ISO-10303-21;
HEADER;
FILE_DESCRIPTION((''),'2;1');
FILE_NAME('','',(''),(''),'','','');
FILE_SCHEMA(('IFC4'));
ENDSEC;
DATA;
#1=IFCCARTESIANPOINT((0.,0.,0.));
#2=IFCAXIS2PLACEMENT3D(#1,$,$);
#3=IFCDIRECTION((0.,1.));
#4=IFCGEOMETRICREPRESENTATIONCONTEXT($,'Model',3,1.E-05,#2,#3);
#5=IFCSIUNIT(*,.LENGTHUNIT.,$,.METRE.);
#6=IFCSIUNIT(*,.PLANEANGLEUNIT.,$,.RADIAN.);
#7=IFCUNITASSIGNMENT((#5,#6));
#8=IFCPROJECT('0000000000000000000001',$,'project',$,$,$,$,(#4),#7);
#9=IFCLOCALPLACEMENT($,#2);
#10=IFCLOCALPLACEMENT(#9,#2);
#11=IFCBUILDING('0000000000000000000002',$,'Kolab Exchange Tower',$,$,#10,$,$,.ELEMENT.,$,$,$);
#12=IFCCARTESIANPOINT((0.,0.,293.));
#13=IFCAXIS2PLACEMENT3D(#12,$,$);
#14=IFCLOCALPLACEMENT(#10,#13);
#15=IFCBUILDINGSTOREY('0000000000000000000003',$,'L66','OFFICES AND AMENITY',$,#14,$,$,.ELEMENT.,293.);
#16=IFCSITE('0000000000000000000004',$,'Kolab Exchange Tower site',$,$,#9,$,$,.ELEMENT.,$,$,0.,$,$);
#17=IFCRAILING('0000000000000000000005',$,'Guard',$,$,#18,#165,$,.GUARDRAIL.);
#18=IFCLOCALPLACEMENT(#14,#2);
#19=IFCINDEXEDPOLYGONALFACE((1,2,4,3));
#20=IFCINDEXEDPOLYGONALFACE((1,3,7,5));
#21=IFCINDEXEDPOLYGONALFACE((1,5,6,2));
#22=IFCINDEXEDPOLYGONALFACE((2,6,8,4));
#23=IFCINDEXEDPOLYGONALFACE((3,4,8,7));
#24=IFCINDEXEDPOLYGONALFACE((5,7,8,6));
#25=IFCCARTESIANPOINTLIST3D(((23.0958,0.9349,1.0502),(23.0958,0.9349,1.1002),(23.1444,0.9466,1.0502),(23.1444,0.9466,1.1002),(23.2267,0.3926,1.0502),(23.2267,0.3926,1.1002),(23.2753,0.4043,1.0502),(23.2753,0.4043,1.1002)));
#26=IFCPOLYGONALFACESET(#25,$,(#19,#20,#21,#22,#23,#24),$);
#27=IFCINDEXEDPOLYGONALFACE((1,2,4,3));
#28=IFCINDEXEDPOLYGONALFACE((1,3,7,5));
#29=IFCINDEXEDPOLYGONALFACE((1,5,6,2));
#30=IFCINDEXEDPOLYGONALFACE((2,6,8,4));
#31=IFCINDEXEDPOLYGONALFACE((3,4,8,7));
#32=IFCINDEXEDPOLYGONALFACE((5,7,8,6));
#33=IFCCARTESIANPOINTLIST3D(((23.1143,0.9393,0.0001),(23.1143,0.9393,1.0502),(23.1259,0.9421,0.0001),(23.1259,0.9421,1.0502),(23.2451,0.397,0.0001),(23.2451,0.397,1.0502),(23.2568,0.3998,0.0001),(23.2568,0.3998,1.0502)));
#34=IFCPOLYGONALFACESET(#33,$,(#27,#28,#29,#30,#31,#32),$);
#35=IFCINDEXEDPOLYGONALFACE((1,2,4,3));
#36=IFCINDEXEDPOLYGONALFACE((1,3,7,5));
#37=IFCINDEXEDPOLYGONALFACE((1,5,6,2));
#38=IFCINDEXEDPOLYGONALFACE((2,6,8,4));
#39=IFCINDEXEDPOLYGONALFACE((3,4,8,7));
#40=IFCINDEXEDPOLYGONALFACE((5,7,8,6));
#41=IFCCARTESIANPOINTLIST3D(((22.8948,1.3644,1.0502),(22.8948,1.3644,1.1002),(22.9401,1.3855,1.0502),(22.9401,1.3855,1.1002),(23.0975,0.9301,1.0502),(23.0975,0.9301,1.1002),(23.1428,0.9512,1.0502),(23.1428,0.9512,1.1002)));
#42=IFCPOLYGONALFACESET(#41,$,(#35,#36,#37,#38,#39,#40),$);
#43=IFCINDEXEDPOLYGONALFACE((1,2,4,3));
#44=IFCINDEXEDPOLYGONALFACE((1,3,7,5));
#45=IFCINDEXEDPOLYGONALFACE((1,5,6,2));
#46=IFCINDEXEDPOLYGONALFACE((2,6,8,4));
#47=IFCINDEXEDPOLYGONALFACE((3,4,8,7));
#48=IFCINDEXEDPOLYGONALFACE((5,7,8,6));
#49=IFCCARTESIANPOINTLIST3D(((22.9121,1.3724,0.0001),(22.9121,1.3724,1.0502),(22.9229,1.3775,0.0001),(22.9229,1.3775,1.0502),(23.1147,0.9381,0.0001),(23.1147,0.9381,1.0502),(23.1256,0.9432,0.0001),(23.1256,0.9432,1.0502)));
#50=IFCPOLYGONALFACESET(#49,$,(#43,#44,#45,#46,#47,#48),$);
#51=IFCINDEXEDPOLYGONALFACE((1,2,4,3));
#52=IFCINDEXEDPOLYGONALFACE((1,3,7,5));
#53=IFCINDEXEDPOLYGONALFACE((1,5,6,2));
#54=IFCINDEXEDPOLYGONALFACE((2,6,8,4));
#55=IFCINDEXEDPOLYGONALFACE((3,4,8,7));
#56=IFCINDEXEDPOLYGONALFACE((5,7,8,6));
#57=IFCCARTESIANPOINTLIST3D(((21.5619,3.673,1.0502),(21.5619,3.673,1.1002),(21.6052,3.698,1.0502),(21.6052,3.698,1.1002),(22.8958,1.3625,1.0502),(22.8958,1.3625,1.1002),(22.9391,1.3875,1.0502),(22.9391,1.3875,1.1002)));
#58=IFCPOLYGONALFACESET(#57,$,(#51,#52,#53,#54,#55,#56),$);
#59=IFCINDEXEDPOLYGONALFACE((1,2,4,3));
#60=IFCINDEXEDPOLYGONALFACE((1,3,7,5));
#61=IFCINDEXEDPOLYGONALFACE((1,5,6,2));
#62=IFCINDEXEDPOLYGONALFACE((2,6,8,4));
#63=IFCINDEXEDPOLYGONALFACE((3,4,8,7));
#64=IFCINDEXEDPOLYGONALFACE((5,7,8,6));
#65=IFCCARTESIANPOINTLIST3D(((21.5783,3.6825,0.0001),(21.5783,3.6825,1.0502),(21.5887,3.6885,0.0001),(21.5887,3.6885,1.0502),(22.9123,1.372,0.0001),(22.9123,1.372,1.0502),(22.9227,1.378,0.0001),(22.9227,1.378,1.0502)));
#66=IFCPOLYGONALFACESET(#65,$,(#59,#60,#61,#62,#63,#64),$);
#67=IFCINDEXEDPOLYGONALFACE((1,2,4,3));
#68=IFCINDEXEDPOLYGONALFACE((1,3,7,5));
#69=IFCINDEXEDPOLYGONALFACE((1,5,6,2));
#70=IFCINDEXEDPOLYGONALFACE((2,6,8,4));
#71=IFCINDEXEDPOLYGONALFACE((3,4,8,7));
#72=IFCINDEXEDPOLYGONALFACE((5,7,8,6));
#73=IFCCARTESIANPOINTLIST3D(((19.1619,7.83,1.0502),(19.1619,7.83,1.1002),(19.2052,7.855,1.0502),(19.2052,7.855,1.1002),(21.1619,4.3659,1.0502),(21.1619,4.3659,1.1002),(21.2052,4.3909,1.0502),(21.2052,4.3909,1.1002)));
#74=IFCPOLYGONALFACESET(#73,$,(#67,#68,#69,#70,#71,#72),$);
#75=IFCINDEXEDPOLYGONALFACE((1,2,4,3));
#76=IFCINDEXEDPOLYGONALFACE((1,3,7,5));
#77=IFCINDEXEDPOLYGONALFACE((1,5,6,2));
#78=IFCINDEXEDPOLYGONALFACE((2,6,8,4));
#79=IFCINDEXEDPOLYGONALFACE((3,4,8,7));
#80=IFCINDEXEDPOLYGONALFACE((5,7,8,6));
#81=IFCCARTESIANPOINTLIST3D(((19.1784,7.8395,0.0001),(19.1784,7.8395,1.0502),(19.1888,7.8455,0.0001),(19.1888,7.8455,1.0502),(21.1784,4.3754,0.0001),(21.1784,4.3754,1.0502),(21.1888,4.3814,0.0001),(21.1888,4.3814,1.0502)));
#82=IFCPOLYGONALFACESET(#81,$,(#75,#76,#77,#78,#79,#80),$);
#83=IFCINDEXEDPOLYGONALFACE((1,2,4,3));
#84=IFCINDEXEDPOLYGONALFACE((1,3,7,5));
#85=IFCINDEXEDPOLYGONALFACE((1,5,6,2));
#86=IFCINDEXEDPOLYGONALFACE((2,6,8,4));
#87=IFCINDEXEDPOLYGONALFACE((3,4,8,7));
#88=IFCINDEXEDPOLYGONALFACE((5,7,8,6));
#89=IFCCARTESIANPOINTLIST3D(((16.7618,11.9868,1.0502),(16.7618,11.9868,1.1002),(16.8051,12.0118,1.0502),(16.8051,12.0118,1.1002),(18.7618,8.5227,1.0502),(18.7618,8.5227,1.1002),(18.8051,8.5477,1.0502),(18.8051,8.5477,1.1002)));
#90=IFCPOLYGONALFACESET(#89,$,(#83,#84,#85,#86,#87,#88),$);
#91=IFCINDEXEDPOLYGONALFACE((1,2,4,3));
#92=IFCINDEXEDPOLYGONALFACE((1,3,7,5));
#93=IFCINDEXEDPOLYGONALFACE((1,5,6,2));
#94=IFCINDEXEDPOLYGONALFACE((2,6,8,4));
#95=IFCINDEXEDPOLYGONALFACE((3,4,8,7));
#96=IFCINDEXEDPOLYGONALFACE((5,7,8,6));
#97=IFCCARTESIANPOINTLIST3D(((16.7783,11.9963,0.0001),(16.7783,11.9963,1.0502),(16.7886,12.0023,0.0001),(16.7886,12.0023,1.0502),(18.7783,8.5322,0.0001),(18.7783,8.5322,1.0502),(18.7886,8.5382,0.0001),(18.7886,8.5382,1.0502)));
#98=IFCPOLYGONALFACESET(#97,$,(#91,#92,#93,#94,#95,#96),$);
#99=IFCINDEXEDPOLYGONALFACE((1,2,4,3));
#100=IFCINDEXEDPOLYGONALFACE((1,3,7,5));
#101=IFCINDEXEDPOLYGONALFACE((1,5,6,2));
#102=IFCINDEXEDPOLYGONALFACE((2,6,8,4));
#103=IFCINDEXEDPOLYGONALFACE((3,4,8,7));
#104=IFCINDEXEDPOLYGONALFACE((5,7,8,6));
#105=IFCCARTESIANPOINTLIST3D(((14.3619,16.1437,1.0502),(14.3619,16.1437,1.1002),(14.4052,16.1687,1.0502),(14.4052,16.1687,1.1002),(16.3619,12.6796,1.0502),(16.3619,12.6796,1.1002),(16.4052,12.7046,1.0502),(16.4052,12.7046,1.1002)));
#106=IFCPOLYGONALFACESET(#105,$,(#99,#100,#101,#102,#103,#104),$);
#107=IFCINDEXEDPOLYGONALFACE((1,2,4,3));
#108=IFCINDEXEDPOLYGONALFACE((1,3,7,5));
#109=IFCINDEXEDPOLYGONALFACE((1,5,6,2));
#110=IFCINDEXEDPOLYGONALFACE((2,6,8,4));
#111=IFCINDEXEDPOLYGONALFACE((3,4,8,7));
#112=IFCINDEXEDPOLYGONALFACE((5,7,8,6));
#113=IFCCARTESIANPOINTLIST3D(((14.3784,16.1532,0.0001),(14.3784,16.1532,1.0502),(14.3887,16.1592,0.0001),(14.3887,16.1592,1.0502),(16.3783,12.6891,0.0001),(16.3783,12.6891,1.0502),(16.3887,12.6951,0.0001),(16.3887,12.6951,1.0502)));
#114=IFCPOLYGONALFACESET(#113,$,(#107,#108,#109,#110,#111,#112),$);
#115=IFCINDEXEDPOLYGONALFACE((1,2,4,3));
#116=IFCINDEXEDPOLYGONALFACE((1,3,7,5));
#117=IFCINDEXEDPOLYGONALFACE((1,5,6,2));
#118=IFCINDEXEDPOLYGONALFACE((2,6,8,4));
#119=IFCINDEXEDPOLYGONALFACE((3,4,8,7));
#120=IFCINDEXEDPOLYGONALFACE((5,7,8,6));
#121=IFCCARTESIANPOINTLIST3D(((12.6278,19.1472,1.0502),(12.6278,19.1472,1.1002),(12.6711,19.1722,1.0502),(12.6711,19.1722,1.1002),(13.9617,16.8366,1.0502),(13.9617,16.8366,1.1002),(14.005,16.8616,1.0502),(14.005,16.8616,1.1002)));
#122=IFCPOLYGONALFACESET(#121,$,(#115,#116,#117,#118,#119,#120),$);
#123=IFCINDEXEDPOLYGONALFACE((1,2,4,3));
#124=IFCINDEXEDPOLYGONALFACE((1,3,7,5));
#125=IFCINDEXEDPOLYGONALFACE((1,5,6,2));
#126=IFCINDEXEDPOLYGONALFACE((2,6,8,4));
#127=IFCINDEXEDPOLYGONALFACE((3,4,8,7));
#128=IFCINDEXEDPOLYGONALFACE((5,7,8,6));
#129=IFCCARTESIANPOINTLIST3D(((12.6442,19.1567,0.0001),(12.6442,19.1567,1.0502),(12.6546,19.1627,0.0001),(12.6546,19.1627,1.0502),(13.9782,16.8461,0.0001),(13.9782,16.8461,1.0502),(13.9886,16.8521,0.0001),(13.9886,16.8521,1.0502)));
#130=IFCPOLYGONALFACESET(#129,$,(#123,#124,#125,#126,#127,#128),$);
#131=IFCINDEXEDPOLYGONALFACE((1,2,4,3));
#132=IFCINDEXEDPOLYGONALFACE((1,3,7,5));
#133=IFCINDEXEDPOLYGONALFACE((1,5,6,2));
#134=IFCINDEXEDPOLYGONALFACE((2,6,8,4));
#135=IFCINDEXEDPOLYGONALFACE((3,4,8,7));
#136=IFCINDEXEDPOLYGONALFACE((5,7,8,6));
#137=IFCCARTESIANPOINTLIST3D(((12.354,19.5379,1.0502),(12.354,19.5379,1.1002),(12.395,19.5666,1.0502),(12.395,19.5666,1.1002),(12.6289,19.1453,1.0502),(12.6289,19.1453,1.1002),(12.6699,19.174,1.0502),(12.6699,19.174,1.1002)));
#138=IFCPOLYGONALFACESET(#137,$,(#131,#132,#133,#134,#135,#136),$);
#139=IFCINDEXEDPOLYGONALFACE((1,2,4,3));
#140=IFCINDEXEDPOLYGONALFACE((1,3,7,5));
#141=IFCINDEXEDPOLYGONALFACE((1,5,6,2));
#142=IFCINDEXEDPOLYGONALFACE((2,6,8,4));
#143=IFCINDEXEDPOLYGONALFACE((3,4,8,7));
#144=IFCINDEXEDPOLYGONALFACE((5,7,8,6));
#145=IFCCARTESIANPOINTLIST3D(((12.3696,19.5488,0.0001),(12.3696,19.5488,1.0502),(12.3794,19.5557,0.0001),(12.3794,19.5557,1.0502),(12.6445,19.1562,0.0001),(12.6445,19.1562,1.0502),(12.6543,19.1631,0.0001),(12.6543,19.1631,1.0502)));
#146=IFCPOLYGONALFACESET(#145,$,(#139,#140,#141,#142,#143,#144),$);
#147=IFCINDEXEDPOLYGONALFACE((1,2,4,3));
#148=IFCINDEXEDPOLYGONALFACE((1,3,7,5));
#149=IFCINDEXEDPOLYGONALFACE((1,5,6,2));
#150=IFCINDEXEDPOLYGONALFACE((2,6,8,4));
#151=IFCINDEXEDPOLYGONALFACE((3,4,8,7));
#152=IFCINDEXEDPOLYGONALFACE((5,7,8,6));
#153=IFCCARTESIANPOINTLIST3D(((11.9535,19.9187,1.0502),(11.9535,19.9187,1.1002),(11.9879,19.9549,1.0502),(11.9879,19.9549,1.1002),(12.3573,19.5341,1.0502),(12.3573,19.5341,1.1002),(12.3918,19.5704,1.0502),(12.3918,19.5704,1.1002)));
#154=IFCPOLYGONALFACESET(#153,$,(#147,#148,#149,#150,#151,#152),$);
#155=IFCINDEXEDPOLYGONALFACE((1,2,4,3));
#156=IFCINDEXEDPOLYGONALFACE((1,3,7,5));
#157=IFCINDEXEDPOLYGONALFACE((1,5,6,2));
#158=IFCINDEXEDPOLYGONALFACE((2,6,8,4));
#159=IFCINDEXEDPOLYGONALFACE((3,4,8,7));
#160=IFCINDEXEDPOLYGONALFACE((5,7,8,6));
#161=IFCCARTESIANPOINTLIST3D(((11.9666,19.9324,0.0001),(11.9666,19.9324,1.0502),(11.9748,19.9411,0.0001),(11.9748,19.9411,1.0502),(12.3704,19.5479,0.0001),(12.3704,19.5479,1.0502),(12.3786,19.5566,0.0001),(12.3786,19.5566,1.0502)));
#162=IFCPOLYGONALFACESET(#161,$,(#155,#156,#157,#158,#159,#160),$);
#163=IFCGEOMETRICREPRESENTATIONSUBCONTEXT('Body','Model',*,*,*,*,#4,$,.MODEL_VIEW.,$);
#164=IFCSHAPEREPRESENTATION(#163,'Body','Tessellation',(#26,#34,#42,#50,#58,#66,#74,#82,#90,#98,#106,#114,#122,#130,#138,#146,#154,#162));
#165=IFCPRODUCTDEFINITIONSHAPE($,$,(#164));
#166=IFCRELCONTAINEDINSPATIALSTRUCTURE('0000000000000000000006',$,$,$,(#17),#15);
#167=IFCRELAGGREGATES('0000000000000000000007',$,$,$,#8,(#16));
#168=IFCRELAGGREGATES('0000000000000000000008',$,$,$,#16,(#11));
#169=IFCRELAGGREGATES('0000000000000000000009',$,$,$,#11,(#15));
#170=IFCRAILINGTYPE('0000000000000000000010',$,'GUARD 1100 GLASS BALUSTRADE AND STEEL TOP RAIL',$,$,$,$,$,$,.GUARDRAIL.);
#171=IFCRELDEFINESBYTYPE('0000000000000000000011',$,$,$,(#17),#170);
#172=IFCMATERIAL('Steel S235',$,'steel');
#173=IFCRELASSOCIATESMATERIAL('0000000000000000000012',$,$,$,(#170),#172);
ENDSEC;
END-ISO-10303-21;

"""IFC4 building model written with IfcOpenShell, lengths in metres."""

from ifc_helpers import new_model, si_unit, direction, frame, frame_2d, origin, origin_2d, place, context, subcontext, project, spatial, rectangle, extrude, material, type_object, element, save


model = new_model("IFC4")

# Units and contexts
model_context = context("Model", 3, precision=1e-05, world=origin(), true_north=direction((0.0, 1.0)))
body_context = subcontext(model_context, "Body", "Model", "MODEL_VIEW")
ifc_project = project(units=[si_unit("LENGTHUNIT", "METRE"), si_unit("PLANEANGLEUNIT", "RADIAN")], contexts=[model_context])

# Site, building, storey
site_placement = place(None, origin())
site = spatial("IfcSite", under=ifc_project, at=site_placement, Name="Kolab Exchange Tower site", CompositionType="ELEMENT", RefElevation=0.0)
building_placement = place(site_placement, origin())
building = spatial("IfcBuilding", under=site, at=building_placement, Name="Kolab Exchange Tower", CompositionType="ELEMENT")
storey_placement = place(building_placement, frame((0.0, 0.0, 293.0)))
storey = spatial("IfcBuildingStorey", under=building, at=storey_placement, Name="L66", Description="OFFICES AND AMENITY", CompositionType="ELEMENT", Elevation=293.0)

# Railing
ifc_material_1 = material(Name="Steel S235", Category="steel")
railing_type = type_object("IfcRailingType", Name="GUARD 1100 GLASS BALUSTRADE AND STEEL TOP RAIL", PredefinedType="GUARDRAIL", material=ifc_material_1)
railing_placement = place(storey_placement, frame((23.251, 0.3984, 0.0)))
element("IfcRailing", 1, at=railing_placement, inside=storey, type_object=railing_type, Name="Guard", PredefinedType="GUARDRAIL", context=body_context, shape_type="SweptSolid", body=[
    extrude(rectangle(XDim=0.05, YDim=0.05, at=origin_2d()), frame((0.0, 0.0, 1.0752), z_axis=(-0.234598, 0.972093, 0.0), x_axis=(-0.972093, -0.234598, 0.0)), (0.0, 0.0, 1.0), 0.5579),
    extrude(rectangle(XDim=0.012, YDim=1.0501, at=frame_2d((0.0, 0.5251))), frame((0.0, 0.0, 0.0), z_axis=(-0.234598, 0.972093, 0.0), x_axis=(-0.972093, -0.234598, 0.0)), (0.0, 0.0, 1.0), 0.5579),
    extrude(rectangle(XDim=0.05, YDim=0.05, at=origin_2d()), frame((-0.1309, 0.5422, 1.0752), z_axis=(-0.422802, 0.906222, 0.0), x_axis=(-0.906222, -0.422802, 0.0)), (0.0, 0.0, 1.0), 0.4792),
    extrude(rectangle(XDim=0.012, YDim=1.0501, at=frame_2d((0.0, 0.5251))), frame((-0.1309, 0.5422, 0.0), z_axis=(-0.422802, 0.906222, 0.0), x_axis=(-0.906222, -0.422802, 0.0)), (0.0, 0.0, 1.0), 0.4792),
    extrude(rectangle(XDim=0.05, YDim=0.05, at=origin_2d()), frame((-0.3335, 0.9766, 1.0752), z_axis=(-0.499997, 0.866027, 0.0), x_axis=(-0.866027, -0.499997, 0.0)), (0.0, 0.0, 1.0), 2.668),
    extrude(rectangle(XDim=0.012, YDim=1.0501, at=frame_2d((0.0, 0.5251))), frame((-0.3335, 0.9766, 0.0), z_axis=(-0.499997, 0.866027, 0.0), x_axis=(-0.866027, -0.499997, 0.0)), (0.0, 0.0, 1.0), 2.668),
    extrude(rectangle(XDim=0.05, YDim=0.05, at=origin_2d()), frame((-2.0674, 3.98, 1.0752), z_axis=(-0.499999, 0.866026, 0.0), x_axis=(-0.866026, -0.499999, 0.0)), (0.0, 0.0, 1.0), 4.0),
    extrude(rectangle(XDim=0.012, YDim=1.0501, at=frame_2d((0.0, 0.5251))), frame((-2.0674, 3.98, 0.0), z_axis=(-0.499999, 0.866026, 0.0), x_axis=(-0.866026, -0.499999, 0.0)), (0.0, 0.0, 1.0), 4.0),
    extrude(rectangle(XDim=0.05, YDim=0.05, at=origin_2d()), frame((-4.4675, 8.1367, 1.0752), z_axis=(-0.499999, 0.866026, 0.0), x_axis=(-0.866026, -0.499999, 0.0)), (0.0, 0.0, 1.0), 4.0),
    extrude(rectangle(XDim=0.012, YDim=1.0501, at=frame_2d((0.0, 0.5251))), frame((-4.4675, 8.1367, 0.0), z_axis=(-0.499999, 0.866026, 0.0), x_axis=(-0.866026, -0.499999, 0.0)), (0.0, 0.0, 1.0), 4.0),
    extrude(rectangle(XDim=0.05, YDim=0.05, at=origin_2d()), frame((-6.8674, 12.2937, 1.0752), z_axis=(-0.499999, 0.866026, 0.0), x_axis=(-0.866026, -0.499999, 0.0)), (0.0, 0.0, 1.0), 4.0),
    extrude(rectangle(XDim=0.012, YDim=1.0501, at=frame_2d((0.0, 0.5251))), frame((-6.8674, 12.2937, 0.0), z_axis=(-0.499999, 0.866026, 0.0), x_axis=(-0.866026, -0.499999, 0.0)), (0.0, 0.0, 1.0), 4.0),
    extrude(rectangle(XDim=0.05, YDim=0.05, at=origin_2d()), frame((-9.2676, 16.4507, 1.0752), z_axis=(-0.499997, 0.866027, 0.0), x_axis=(-0.866027, -0.499997, 0.0)), (0.0, 0.0, 1.0), 2.668),
    extrude(rectangle(XDim=0.012, YDim=1.0501, at=frame_2d((0.0, 0.5251))), frame((-9.2676, 16.4507, 0.0), z_axis=(-0.499997, 0.866027, 0.0), x_axis=(-0.866027, -0.499997, 0.0)), (0.0, 0.0, 1.0), 2.668),
    extrude(rectangle(XDim=0.05, YDim=0.05, at=origin_2d()), frame((-10.6016, 18.7612, 1.0752), z_axis=(-0.573599, 0.819136, 0.0), x_axis=(-0.819136, -0.573599, 0.0)), (0.0, 0.0, 1.0), 0.4792),
    extrude(rectangle(XDim=0.012, YDim=1.0501, at=frame_2d((0.0, 0.5251))), frame((-10.6016, 18.7612, 0.0), z_axis=(-0.573599, 0.819136, 0.0), x_axis=(-0.819136, -0.573599, 0.0)), (0.0, 0.0, 1.0), 0.4792),
    extrude(rectangle(XDim=0.05, YDim=0.05, at=origin_2d()), frame((-10.8765, 19.1538, 1.0752), z_axis=(-0.72419, 0.689601, 0.0), x_axis=(-0.689601, -0.72419, 0.0)), (0.0, 0.0, 1.0), 0.5576),
    extrude(rectangle(XDim=0.012, YDim=1.0501, at=frame_2d((0.0, 0.5251))), frame((-10.8765, 19.1538, 0.0), z_axis=(-0.72419, 0.689601, 0.0), x_axis=(-0.689601, -0.72419, 0.0)), (0.0, 0.0, 1.0), 0.5576),
])

save(model, "model.ifc")
